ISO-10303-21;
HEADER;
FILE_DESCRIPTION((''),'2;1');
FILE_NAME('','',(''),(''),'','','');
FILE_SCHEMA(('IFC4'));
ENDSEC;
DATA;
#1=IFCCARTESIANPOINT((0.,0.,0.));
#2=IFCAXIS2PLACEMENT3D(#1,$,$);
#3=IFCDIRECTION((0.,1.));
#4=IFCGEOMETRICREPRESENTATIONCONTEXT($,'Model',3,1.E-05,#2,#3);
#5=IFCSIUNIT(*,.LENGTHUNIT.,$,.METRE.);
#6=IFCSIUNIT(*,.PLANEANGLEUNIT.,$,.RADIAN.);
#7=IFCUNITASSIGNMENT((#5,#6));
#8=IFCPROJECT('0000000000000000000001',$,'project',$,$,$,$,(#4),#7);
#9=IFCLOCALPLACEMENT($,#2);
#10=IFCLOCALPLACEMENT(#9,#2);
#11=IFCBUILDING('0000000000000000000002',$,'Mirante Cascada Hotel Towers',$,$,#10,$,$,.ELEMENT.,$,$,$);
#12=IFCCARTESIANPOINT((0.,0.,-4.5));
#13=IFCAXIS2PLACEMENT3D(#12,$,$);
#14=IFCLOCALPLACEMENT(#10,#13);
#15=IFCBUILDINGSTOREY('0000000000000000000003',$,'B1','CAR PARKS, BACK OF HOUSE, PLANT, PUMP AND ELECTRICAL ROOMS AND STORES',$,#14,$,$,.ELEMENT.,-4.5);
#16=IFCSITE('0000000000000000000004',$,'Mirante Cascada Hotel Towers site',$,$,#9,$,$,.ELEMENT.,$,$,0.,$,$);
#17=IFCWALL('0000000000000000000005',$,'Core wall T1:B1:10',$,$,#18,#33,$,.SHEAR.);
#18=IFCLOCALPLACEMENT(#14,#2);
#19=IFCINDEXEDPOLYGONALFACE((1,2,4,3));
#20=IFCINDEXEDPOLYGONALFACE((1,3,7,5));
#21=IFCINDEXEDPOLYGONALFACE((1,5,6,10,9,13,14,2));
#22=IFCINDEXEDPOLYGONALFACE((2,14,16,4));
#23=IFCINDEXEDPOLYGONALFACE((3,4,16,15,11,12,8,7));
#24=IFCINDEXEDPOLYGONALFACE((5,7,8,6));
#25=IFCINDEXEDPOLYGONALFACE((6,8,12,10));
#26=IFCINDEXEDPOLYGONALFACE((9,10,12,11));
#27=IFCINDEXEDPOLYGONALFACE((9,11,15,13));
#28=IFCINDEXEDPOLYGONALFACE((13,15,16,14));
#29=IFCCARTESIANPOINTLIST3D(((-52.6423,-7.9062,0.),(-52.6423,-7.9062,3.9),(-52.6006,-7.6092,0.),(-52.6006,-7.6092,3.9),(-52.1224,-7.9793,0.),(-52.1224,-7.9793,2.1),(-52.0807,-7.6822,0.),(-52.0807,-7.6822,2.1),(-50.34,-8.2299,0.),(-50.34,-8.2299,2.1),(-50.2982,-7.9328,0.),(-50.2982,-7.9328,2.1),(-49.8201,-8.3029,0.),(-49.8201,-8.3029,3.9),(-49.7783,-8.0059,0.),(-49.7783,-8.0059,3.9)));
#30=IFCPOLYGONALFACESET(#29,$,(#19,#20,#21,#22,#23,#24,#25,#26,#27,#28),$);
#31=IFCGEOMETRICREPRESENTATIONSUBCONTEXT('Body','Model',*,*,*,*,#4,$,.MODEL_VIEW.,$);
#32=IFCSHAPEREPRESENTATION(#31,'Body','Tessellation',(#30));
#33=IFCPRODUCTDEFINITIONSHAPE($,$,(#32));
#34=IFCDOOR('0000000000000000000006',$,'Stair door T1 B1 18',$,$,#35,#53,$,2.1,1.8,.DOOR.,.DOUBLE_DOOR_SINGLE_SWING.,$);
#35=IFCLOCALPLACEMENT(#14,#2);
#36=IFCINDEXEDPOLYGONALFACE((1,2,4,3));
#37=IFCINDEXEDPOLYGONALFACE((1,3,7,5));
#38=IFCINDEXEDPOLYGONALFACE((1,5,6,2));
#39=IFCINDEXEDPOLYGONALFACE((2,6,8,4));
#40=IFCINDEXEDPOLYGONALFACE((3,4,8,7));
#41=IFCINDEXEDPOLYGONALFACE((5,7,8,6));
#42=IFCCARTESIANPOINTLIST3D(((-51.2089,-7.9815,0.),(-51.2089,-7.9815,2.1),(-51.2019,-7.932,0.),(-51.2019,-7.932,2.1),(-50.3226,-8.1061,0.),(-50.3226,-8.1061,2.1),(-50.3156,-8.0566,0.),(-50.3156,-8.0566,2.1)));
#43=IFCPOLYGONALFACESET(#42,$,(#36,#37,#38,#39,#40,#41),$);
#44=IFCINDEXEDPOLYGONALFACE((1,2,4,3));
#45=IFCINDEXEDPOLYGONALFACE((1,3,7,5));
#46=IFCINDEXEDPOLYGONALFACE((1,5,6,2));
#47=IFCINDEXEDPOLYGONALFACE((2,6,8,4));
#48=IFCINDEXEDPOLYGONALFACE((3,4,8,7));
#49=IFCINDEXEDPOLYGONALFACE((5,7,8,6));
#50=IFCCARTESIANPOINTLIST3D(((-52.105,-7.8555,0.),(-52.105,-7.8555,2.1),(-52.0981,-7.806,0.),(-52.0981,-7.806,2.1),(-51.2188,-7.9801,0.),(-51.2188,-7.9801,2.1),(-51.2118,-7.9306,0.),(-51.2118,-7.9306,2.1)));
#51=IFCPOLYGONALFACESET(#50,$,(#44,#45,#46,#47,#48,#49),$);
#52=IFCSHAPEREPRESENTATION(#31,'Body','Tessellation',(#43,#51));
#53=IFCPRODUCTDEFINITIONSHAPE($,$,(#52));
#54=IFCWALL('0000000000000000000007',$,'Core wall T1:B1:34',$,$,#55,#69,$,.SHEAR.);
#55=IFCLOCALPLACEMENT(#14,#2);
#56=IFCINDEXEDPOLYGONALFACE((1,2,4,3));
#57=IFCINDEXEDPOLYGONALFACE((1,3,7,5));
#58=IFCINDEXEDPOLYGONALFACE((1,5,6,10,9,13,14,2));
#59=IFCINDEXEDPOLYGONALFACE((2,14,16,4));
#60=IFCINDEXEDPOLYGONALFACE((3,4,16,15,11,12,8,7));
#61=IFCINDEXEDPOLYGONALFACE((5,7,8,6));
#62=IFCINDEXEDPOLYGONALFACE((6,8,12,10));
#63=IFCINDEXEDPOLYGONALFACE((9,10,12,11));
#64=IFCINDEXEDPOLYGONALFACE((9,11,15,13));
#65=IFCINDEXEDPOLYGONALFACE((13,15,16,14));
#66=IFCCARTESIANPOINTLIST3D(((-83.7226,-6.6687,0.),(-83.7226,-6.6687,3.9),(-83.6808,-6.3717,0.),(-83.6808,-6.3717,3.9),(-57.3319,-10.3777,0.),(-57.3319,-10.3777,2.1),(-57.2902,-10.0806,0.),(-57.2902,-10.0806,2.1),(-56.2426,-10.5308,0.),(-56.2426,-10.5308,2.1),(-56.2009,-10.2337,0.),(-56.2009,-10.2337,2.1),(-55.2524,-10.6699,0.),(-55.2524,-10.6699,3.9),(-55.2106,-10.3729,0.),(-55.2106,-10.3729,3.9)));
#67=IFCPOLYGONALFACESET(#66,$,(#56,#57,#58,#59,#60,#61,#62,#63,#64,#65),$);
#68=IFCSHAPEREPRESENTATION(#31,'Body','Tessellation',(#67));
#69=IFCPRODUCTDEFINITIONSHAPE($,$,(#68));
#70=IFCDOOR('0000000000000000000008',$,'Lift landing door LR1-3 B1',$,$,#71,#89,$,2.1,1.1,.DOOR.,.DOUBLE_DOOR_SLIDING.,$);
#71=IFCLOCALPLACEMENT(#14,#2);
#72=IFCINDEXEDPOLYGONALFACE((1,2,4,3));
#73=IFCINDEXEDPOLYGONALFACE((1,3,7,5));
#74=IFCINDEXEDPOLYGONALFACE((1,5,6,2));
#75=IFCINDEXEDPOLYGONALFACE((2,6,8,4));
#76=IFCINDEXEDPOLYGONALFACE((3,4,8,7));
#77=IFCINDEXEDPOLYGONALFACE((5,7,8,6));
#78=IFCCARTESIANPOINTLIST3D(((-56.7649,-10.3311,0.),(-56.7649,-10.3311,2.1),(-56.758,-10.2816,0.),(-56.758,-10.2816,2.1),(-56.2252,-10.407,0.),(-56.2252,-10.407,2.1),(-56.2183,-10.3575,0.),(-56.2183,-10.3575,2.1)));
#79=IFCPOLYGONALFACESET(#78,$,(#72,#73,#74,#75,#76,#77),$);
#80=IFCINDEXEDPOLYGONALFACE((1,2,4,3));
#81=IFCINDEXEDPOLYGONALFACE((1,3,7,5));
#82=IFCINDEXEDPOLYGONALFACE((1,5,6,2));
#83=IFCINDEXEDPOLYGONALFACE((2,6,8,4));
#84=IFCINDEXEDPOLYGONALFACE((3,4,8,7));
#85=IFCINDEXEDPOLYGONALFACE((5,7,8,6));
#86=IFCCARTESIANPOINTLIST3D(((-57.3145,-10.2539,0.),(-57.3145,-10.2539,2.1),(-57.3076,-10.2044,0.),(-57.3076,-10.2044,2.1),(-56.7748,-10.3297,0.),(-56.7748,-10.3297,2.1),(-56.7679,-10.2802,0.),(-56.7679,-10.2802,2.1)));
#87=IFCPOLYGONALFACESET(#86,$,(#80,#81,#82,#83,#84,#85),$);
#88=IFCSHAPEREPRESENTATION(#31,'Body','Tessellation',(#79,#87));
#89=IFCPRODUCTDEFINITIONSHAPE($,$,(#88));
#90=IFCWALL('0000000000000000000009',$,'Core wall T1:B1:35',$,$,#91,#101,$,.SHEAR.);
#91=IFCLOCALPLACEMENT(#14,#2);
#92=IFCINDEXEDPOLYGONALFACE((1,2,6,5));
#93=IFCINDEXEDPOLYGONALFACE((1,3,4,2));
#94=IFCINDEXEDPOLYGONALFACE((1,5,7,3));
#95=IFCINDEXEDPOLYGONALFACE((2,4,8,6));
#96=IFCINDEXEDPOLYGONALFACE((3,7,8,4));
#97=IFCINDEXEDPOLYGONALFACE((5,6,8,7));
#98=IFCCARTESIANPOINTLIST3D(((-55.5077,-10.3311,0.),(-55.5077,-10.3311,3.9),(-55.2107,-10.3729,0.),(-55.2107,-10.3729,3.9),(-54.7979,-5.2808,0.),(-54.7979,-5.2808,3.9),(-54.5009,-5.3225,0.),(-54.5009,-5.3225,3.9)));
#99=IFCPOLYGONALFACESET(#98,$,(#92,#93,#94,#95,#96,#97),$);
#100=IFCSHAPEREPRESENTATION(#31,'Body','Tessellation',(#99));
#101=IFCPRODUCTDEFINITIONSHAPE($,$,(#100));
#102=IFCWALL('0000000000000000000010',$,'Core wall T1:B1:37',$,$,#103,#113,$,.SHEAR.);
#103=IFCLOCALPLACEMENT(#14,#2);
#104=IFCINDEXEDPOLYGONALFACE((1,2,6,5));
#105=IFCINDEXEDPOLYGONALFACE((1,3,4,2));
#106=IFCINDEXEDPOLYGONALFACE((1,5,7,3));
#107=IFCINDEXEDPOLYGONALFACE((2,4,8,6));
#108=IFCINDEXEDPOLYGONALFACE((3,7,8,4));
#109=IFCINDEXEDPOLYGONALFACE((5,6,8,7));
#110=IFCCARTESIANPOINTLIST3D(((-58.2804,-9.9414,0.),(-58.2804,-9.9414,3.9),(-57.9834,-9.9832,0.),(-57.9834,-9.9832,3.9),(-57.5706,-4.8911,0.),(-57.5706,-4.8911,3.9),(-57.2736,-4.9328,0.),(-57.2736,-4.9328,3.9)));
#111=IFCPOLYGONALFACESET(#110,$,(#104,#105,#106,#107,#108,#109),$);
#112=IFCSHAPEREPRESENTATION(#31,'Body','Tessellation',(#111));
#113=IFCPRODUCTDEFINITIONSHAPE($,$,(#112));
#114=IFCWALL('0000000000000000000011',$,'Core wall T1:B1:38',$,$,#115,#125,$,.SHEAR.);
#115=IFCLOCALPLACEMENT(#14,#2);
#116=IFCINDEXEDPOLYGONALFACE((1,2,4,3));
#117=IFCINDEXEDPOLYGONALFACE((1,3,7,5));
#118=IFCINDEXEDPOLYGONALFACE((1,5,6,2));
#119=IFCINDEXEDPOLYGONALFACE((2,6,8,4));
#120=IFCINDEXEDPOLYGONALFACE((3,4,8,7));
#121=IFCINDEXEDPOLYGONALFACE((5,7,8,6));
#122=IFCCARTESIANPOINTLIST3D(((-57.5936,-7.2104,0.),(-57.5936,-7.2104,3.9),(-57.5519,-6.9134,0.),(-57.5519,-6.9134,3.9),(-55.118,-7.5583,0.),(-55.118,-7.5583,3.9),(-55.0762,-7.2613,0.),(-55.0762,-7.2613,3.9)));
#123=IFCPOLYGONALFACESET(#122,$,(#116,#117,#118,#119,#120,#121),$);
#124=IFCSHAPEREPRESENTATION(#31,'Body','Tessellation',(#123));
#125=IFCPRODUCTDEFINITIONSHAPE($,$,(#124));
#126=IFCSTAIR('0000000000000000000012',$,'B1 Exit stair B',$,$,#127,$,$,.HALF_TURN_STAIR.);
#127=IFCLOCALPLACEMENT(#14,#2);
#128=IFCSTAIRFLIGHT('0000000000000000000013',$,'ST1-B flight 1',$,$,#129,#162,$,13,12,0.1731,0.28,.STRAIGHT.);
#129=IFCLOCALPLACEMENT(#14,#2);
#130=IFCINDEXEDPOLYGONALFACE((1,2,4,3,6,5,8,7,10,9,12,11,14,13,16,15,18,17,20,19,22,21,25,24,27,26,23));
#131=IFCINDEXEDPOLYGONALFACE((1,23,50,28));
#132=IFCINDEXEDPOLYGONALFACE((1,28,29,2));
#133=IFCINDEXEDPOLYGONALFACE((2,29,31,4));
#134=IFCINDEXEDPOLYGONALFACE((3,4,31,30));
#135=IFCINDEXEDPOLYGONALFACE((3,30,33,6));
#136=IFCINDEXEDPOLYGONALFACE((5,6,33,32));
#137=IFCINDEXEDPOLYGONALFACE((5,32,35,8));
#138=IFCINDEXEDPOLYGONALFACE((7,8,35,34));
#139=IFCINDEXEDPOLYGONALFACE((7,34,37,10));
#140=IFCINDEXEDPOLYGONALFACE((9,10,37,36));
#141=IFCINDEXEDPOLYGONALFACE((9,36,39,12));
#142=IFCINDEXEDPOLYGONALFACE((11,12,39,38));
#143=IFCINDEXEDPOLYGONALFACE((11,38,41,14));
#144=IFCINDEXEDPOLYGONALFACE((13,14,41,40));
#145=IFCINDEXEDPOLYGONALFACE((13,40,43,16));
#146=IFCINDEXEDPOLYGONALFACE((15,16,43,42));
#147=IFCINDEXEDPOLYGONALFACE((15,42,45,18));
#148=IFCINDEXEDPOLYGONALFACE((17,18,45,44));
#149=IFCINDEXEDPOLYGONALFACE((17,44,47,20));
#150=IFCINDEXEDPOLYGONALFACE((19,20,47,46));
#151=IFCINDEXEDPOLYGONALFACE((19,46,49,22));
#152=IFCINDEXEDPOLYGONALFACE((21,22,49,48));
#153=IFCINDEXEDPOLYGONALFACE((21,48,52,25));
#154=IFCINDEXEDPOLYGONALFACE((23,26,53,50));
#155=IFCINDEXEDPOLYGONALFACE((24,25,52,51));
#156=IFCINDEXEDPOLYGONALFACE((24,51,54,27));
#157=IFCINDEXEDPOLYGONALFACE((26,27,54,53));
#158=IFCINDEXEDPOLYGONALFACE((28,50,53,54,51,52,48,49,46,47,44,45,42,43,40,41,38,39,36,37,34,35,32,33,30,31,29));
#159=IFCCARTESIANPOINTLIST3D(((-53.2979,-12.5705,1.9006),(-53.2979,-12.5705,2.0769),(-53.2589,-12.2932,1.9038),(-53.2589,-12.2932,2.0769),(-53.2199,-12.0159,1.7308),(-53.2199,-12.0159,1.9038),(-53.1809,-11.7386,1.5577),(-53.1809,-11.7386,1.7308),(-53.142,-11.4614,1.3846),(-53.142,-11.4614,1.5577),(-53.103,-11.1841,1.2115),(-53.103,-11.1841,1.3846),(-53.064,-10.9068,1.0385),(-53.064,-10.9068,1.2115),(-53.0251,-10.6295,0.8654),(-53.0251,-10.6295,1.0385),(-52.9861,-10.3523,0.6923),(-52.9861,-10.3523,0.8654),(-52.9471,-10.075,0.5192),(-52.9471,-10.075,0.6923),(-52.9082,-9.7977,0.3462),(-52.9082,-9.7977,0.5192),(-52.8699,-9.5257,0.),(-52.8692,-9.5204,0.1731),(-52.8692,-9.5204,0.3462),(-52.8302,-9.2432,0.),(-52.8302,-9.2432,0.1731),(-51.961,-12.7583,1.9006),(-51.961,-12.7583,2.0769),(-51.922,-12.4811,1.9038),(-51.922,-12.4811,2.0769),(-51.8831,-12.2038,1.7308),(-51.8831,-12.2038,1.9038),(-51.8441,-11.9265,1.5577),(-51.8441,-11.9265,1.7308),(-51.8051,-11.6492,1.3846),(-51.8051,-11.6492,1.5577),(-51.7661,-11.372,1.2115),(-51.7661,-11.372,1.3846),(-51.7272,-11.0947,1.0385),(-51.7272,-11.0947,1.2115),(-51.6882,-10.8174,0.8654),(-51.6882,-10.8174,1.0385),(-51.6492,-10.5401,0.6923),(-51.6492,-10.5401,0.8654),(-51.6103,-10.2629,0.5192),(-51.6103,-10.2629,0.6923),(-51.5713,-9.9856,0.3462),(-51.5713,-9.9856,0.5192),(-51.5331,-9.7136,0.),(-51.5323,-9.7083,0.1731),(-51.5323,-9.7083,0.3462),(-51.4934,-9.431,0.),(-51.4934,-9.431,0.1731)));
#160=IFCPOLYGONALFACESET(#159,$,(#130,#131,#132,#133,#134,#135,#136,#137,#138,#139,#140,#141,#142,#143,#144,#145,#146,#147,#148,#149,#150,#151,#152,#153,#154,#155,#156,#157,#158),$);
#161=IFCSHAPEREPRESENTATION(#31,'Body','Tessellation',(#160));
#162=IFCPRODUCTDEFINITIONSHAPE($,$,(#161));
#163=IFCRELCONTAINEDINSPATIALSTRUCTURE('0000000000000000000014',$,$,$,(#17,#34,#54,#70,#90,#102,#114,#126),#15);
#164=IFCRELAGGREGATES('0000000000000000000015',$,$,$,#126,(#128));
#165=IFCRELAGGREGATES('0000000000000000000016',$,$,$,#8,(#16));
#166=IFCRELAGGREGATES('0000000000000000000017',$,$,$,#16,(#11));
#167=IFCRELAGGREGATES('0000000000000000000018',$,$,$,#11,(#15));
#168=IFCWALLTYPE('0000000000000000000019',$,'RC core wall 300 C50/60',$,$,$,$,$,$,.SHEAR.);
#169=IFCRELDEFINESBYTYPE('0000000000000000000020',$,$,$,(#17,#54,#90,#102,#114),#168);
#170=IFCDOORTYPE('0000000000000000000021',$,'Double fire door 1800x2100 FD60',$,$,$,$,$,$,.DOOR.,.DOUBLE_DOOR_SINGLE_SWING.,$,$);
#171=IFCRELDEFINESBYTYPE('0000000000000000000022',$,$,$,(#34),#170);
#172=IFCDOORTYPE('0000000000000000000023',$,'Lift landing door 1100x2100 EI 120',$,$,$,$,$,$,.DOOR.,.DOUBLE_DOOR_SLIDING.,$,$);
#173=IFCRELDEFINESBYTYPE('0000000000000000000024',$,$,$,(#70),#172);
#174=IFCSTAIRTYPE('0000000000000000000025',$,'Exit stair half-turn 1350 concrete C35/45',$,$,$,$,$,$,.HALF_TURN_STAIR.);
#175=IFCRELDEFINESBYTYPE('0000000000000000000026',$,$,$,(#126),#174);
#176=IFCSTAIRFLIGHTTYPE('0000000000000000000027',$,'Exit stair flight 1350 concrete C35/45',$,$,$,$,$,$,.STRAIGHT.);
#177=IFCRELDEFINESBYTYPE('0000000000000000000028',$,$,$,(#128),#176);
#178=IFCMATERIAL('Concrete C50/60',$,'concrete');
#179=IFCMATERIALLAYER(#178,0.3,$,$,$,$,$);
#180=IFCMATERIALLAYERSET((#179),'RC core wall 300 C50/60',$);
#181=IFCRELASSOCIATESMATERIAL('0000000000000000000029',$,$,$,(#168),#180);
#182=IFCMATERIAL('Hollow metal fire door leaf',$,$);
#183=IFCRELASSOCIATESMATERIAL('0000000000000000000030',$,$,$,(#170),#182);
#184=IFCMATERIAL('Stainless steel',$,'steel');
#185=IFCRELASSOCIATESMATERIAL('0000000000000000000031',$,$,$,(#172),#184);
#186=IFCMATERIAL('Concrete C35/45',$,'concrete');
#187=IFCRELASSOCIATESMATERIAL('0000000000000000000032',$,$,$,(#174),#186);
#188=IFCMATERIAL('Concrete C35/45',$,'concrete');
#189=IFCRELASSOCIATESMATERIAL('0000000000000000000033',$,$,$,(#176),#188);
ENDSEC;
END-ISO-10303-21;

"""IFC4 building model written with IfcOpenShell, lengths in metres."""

from ifc_helpers import new_model, si_unit, direction, frame, frame_2d, origin, place, context, subcontext, project, spatial, polyline, rectangle, outline, extrude, material, layer, layer_set, type_object, element, fill, aggregate, save


model = new_model("IFC4")

# Units and contexts
model_context = context("Model", 3, precision=1e-05, world=origin(), true_north=direction((0.0, 1.0)))
body_context = subcontext(model_context, "Body", "Model", "MODEL_VIEW")
ifc_project = project(units=[si_unit("LENGTHUNIT", "METRE"), si_unit("PLANEANGLEUNIT", "RADIAN")], contexts=[model_context])

# Site, building, storey
site_placement = place(None, origin())
site = spatial("IfcSite", under=ifc_project, at=site_placement, Name="Mirante Cascada Hotel Towers site", CompositionType="ELEMENT", RefElevation=0.0)
building_placement = place(site_placement, origin())
building = spatial("IfcBuilding", under=site, at=building_placement, Name="Mirante Cascada Hotel Towers", CompositionType="ELEMENT")
storey_placement = place(building_placement, frame((0.0, 0.0, -4.5)))
storey = spatial("IfcBuildingStorey", under=building, at=storey_placement, Name="B1", Description="CAR PARKS, BACK OF HOUSE, PLANT, PUMP AND ELECTRICAL ROOMS AND STORES", CompositionType="ELEMENT", Elevation=-4.5)

# Walls, openings, doors
ifc_material_1 = material(Name="Concrete C50/60", Category="concrete")
ifc_layer_1 = layer(ifc_material_1, 0.3)
ifc_layer_set_1 = layer_set([ifc_layer_1], Name="RC core wall 300 C50/60")
wall_type_1 = type_object("IfcWallType", Name="RC core wall 300 C50/60", PredefinedType="SHEAR", material=ifc_layer_set_1)
wall_1_placement = place(storey_placement, frame((-49.7992, -8.1544, 0.0), z_axis=(0.0, 0.0, 1.0), x_axis=(-0.990266, 0.139191, 0.0)))
wall_1 = element("IfcWall", 1, at=wall_1_placement, inside=storey, type_object=wall_type_1, Name="Core wall T1:B1:10", PredefinedType="SHEAR", context=body_context, shape_type="SweptSolid", body=[
    extrude(rectangle(XDim=2.85, YDim=0.3, at=frame_2d((1.425, 0.0))), origin(), (0.0, 0.0, 1.0), 3.9),
])
opening_1_placement = place(wall_1_placement, frame((0.525, 0.0, 0.0)))
opening_1 = element("IfcOpeningElement", 2, at=opening_1_placement, cuts=wall_1, PredefinedType="OPENING", context=body_context, shape_type="SweptSolid", body=[
    extrude(rectangle(XDim=1.8, YDim=2.1, at=frame_2d((0.9, 1.05))), frame((0.0, 0.15, 0.0), z_axis=(0.0, -1.0, 0.0), x_axis=(1.0, 0.0, 0.0)), (0.0, 0.0, 1.0), 0.3),
])
ifc_material_2 = material(Name="Hollow metal fire door leaf")
door_type_1 = type_object("IfcDoorType", Name="Double fire door 1800x2100 FD60", OperationType="DOUBLE_DOOR_SINGLE_SWING", PredefinedType="DOOR", material=ifc_material_2)
door_1_placement = place(opening_1_placement, origin())
door_1 = element("IfcDoor", 3, at=door_1_placement, inside=storey, type_object=door_type_1, Name="Stair door T1 B1 18", OperationType="DOUBLE_DOOR_SINGLE_SWING", OverallHeight=2.1, OverallWidth=1.8, PredefinedType="DOOR", context=body_context, shape_type="SweptSolid", body=[
    extrude(rectangle(XDim=0.895, YDim=2.1, at=frame_2d((0.4475, 1.05))), frame((0.0, 0.025, 0.0), z_axis=(0.0, -1.0, 0.0), x_axis=(1.0, 0.0, 0.0)), (0.0, 0.0, 1.0), 0.05),
    extrude(rectangle(XDim=0.895, YDim=2.1, at=frame_2d((1.3525, 1.05))), frame((0.0, 0.025, 0.0), z_axis=(0.0, -1.0, 0.0), x_axis=(1.0, 0.0, 0.0)), (0.0, 0.0, 1.0), 0.05),
])
fill(opening_1, door_1)
wall_2_placement = place(storey_placement, frame((-55.2315, -10.5214, 0.0), z_axis=(0.0, 0.0, 1.0), x_axis=(-0.990268, 0.139172, 0.0)))
wall_2 = element("IfcWall", 4, at=wall_2_placement, inside=storey, type_object=wall_type_1, Name="Core wall T1:B1:34", PredefinedType="SHEAR", context=body_context, shape_type="SweptSolid", body=[
    extrude(rectangle(XDim=28.75, YDim=0.3, at=frame_2d((14.375, 0.0))), origin(), (0.0, 0.0, 1.0), 3.9),
])
opening_2_placement = place(wall_2_placement, frame((1.0, 0.0, 0.0)))
opening_2 = element("IfcOpeningElement", 5, at=opening_2_placement, cuts=wall_2, PredefinedType="OPENING", context=body_context, shape_type="SweptSolid", body=[
    extrude(rectangle(XDim=1.1, YDim=2.1, at=frame_2d((0.55, 1.05))), frame((0.0, 0.15, 0.0), z_axis=(0.0, -1.0, 0.0), x_axis=(1.0, 0.0, 0.0)), (0.0, 0.0, 1.0), 0.3),
])
ifc_material_3 = material(Name="Stainless steel", Category="steel")
door_type_2 = type_object("IfcDoorType", Name="Lift landing door 1100x2100 EI 120", OperationType="DOUBLE_DOOR_SLIDING", PredefinedType="DOOR", material=ifc_material_3)
door_2_placement = place(opening_2_placement, origin())
door_2 = element("IfcDoor", 6, at=door_2_placement, inside=storey, type_object=door_type_2, Name="Lift landing door LR1-3 B1", OperationType="DOUBLE_DOOR_SLIDING", OverallHeight=2.1, OverallWidth=1.1, PredefinedType="DOOR", context=body_context, shape_type="SweptSolid", body=[
    extrude(rectangle(XDim=0.545, YDim=2.1, at=frame_2d((0.2725, 1.05))), frame((0.0, 0.025, 0.0), z_axis=(0.0, -1.0, 0.0), x_axis=(1.0, 0.0, 0.0)), (0.0, 0.0, 1.0), 0.05),
    extrude(rectangle(XDim=0.545, YDim=2.1, at=frame_2d((0.8275, 1.05))), frame((0.0, 0.025, 0.0), z_axis=(0.0, -1.0, 0.0), x_axis=(1.0, 0.0, 0.0)), (0.0, 0.0, 1.0), 0.05),
])
fill(opening_2, door_2)

# Walls
for number, where, z_axis, x_axis, name in (
    (7, (-55.3592, -10.352, 0.0), (0.0, 0.0, 1.0), (0.139176, 0.990268, 0.0), "Core wall T1:B1:35"),
    (8, (-58.1319, -9.9623, 0.0), (0.0, 0.0, 1.0), (0.139176, 0.990268, 0.0), "Core wall T1:B1:37"),
):
    element("IfcWall", number, at=place(storey_placement, frame(where, z_axis=z_axis, x_axis=x_axis)), inside=storey, type_object=wall_type_1, Name=name, PredefinedType="SHEAR", context=body_context, shape_type="SweptSolid", body=[
        extrude(rectangle(XDim=5.1, YDim=0.3, at=frame_2d((2.55, 0.0))), origin(), (0.0, 0.0, 1.0), 3.9),
    ])
wall_3_placement = place(storey_placement, frame((-55.0971, -7.4098, 0.0), z_axis=(0.0, 0.0, 1.0), x_axis=(-0.99027, 0.139159, 0.0)))
element("IfcWall", 9, at=wall_3_placement, inside=storey, type_object=wall_type_1, Name="Core wall T1:B1:38", PredefinedType="SHEAR", context=body_context, shape_type="SweptSolid", body=[
    extrude(rectangle(XDim=2.5, YDim=0.3, at=frame_2d((1.25, 0.0))), origin(), (0.0, 0.0, 1.0), 3.9),
])

# Stair, stair flight
ifc_material_4 = material(Name="Concrete C35/45", Category="concrete")
stair_type = type_object("IfcStairType", Name="Exit stair half-turn 1350 concrete C35/45", PredefinedType="HALF_TURN_STAIR", material=ifc_material_4)
stair_placement = place(storey_placement, origin())
stair = element("IfcStair", 10, at=stair_placement, inside=storey, type_object=stair_type, Name="B1 Exit stair B", PredefinedType="HALF_TURN_STAIR")
ifc_material_5 = material(Name="Concrete C35/45", Category="concrete")
stair_flight_type = type_object("IfcStairFlightType", Name="Exit stair flight 1350 concrete C35/45", PredefinedType="STRAIGHT", material=ifc_material_5)
stair_flight_placement = place(storey_placement, frame((-52.1618, -9.3371, 0.0), z_axis=(0.0, 0.0, 1.0), x_axis=(-0.139173, -0.990268, 0.0)))
stair_flight = element("IfcStairFlight", 11, at=stair_flight_placement, type_object=stair_flight_type, Name="ST1-B flight 1", NumberOfRisers=13, NumberOfTreads=12, PredefinedType="STRAIGHT", RiserHeight=0.1731, TreadLength=0.28, context=body_context, shape_type="SweptSolid", body=[
    extrude(outline(polyline([(0.0, 0.0), (0.0, 0.1731), (0.28, 0.1731), (0.28, 0.3462), (0.56, 0.3462), (0.56, 0.5192), (0.84, 0.5192), (0.84, 0.6923), (1.12, 0.6923), (1.12, 0.8654), (1.4, 0.8654), (1.4, 1.0385), (1.68, 1.0385), (1.68, 1.2115), (1.96, 1.2115), (1.96, 1.3846), (2.24, 1.3846), (2.24, 1.5577), (2.52, 1.5577), (2.52, 1.7308), (2.8, 1.7308), (2.8, 1.9038), (3.08, 1.9038), (3.08, 2.0769), (3.36, 2.0769), (3.36, 2.25), (3.36, 1.9006), (0.2853, 0.0), (0.0, 0.0)])), frame((0.0, 0.675, 0.0), z_axis=(0.0, -1.0, 0.0), x_axis=(1.0, 0.0, 0.0)), (0.0, 0.0, 1.0), 1.35),
])
aggregate(stair, [stair_flight])

save(model, "model.ifc")
